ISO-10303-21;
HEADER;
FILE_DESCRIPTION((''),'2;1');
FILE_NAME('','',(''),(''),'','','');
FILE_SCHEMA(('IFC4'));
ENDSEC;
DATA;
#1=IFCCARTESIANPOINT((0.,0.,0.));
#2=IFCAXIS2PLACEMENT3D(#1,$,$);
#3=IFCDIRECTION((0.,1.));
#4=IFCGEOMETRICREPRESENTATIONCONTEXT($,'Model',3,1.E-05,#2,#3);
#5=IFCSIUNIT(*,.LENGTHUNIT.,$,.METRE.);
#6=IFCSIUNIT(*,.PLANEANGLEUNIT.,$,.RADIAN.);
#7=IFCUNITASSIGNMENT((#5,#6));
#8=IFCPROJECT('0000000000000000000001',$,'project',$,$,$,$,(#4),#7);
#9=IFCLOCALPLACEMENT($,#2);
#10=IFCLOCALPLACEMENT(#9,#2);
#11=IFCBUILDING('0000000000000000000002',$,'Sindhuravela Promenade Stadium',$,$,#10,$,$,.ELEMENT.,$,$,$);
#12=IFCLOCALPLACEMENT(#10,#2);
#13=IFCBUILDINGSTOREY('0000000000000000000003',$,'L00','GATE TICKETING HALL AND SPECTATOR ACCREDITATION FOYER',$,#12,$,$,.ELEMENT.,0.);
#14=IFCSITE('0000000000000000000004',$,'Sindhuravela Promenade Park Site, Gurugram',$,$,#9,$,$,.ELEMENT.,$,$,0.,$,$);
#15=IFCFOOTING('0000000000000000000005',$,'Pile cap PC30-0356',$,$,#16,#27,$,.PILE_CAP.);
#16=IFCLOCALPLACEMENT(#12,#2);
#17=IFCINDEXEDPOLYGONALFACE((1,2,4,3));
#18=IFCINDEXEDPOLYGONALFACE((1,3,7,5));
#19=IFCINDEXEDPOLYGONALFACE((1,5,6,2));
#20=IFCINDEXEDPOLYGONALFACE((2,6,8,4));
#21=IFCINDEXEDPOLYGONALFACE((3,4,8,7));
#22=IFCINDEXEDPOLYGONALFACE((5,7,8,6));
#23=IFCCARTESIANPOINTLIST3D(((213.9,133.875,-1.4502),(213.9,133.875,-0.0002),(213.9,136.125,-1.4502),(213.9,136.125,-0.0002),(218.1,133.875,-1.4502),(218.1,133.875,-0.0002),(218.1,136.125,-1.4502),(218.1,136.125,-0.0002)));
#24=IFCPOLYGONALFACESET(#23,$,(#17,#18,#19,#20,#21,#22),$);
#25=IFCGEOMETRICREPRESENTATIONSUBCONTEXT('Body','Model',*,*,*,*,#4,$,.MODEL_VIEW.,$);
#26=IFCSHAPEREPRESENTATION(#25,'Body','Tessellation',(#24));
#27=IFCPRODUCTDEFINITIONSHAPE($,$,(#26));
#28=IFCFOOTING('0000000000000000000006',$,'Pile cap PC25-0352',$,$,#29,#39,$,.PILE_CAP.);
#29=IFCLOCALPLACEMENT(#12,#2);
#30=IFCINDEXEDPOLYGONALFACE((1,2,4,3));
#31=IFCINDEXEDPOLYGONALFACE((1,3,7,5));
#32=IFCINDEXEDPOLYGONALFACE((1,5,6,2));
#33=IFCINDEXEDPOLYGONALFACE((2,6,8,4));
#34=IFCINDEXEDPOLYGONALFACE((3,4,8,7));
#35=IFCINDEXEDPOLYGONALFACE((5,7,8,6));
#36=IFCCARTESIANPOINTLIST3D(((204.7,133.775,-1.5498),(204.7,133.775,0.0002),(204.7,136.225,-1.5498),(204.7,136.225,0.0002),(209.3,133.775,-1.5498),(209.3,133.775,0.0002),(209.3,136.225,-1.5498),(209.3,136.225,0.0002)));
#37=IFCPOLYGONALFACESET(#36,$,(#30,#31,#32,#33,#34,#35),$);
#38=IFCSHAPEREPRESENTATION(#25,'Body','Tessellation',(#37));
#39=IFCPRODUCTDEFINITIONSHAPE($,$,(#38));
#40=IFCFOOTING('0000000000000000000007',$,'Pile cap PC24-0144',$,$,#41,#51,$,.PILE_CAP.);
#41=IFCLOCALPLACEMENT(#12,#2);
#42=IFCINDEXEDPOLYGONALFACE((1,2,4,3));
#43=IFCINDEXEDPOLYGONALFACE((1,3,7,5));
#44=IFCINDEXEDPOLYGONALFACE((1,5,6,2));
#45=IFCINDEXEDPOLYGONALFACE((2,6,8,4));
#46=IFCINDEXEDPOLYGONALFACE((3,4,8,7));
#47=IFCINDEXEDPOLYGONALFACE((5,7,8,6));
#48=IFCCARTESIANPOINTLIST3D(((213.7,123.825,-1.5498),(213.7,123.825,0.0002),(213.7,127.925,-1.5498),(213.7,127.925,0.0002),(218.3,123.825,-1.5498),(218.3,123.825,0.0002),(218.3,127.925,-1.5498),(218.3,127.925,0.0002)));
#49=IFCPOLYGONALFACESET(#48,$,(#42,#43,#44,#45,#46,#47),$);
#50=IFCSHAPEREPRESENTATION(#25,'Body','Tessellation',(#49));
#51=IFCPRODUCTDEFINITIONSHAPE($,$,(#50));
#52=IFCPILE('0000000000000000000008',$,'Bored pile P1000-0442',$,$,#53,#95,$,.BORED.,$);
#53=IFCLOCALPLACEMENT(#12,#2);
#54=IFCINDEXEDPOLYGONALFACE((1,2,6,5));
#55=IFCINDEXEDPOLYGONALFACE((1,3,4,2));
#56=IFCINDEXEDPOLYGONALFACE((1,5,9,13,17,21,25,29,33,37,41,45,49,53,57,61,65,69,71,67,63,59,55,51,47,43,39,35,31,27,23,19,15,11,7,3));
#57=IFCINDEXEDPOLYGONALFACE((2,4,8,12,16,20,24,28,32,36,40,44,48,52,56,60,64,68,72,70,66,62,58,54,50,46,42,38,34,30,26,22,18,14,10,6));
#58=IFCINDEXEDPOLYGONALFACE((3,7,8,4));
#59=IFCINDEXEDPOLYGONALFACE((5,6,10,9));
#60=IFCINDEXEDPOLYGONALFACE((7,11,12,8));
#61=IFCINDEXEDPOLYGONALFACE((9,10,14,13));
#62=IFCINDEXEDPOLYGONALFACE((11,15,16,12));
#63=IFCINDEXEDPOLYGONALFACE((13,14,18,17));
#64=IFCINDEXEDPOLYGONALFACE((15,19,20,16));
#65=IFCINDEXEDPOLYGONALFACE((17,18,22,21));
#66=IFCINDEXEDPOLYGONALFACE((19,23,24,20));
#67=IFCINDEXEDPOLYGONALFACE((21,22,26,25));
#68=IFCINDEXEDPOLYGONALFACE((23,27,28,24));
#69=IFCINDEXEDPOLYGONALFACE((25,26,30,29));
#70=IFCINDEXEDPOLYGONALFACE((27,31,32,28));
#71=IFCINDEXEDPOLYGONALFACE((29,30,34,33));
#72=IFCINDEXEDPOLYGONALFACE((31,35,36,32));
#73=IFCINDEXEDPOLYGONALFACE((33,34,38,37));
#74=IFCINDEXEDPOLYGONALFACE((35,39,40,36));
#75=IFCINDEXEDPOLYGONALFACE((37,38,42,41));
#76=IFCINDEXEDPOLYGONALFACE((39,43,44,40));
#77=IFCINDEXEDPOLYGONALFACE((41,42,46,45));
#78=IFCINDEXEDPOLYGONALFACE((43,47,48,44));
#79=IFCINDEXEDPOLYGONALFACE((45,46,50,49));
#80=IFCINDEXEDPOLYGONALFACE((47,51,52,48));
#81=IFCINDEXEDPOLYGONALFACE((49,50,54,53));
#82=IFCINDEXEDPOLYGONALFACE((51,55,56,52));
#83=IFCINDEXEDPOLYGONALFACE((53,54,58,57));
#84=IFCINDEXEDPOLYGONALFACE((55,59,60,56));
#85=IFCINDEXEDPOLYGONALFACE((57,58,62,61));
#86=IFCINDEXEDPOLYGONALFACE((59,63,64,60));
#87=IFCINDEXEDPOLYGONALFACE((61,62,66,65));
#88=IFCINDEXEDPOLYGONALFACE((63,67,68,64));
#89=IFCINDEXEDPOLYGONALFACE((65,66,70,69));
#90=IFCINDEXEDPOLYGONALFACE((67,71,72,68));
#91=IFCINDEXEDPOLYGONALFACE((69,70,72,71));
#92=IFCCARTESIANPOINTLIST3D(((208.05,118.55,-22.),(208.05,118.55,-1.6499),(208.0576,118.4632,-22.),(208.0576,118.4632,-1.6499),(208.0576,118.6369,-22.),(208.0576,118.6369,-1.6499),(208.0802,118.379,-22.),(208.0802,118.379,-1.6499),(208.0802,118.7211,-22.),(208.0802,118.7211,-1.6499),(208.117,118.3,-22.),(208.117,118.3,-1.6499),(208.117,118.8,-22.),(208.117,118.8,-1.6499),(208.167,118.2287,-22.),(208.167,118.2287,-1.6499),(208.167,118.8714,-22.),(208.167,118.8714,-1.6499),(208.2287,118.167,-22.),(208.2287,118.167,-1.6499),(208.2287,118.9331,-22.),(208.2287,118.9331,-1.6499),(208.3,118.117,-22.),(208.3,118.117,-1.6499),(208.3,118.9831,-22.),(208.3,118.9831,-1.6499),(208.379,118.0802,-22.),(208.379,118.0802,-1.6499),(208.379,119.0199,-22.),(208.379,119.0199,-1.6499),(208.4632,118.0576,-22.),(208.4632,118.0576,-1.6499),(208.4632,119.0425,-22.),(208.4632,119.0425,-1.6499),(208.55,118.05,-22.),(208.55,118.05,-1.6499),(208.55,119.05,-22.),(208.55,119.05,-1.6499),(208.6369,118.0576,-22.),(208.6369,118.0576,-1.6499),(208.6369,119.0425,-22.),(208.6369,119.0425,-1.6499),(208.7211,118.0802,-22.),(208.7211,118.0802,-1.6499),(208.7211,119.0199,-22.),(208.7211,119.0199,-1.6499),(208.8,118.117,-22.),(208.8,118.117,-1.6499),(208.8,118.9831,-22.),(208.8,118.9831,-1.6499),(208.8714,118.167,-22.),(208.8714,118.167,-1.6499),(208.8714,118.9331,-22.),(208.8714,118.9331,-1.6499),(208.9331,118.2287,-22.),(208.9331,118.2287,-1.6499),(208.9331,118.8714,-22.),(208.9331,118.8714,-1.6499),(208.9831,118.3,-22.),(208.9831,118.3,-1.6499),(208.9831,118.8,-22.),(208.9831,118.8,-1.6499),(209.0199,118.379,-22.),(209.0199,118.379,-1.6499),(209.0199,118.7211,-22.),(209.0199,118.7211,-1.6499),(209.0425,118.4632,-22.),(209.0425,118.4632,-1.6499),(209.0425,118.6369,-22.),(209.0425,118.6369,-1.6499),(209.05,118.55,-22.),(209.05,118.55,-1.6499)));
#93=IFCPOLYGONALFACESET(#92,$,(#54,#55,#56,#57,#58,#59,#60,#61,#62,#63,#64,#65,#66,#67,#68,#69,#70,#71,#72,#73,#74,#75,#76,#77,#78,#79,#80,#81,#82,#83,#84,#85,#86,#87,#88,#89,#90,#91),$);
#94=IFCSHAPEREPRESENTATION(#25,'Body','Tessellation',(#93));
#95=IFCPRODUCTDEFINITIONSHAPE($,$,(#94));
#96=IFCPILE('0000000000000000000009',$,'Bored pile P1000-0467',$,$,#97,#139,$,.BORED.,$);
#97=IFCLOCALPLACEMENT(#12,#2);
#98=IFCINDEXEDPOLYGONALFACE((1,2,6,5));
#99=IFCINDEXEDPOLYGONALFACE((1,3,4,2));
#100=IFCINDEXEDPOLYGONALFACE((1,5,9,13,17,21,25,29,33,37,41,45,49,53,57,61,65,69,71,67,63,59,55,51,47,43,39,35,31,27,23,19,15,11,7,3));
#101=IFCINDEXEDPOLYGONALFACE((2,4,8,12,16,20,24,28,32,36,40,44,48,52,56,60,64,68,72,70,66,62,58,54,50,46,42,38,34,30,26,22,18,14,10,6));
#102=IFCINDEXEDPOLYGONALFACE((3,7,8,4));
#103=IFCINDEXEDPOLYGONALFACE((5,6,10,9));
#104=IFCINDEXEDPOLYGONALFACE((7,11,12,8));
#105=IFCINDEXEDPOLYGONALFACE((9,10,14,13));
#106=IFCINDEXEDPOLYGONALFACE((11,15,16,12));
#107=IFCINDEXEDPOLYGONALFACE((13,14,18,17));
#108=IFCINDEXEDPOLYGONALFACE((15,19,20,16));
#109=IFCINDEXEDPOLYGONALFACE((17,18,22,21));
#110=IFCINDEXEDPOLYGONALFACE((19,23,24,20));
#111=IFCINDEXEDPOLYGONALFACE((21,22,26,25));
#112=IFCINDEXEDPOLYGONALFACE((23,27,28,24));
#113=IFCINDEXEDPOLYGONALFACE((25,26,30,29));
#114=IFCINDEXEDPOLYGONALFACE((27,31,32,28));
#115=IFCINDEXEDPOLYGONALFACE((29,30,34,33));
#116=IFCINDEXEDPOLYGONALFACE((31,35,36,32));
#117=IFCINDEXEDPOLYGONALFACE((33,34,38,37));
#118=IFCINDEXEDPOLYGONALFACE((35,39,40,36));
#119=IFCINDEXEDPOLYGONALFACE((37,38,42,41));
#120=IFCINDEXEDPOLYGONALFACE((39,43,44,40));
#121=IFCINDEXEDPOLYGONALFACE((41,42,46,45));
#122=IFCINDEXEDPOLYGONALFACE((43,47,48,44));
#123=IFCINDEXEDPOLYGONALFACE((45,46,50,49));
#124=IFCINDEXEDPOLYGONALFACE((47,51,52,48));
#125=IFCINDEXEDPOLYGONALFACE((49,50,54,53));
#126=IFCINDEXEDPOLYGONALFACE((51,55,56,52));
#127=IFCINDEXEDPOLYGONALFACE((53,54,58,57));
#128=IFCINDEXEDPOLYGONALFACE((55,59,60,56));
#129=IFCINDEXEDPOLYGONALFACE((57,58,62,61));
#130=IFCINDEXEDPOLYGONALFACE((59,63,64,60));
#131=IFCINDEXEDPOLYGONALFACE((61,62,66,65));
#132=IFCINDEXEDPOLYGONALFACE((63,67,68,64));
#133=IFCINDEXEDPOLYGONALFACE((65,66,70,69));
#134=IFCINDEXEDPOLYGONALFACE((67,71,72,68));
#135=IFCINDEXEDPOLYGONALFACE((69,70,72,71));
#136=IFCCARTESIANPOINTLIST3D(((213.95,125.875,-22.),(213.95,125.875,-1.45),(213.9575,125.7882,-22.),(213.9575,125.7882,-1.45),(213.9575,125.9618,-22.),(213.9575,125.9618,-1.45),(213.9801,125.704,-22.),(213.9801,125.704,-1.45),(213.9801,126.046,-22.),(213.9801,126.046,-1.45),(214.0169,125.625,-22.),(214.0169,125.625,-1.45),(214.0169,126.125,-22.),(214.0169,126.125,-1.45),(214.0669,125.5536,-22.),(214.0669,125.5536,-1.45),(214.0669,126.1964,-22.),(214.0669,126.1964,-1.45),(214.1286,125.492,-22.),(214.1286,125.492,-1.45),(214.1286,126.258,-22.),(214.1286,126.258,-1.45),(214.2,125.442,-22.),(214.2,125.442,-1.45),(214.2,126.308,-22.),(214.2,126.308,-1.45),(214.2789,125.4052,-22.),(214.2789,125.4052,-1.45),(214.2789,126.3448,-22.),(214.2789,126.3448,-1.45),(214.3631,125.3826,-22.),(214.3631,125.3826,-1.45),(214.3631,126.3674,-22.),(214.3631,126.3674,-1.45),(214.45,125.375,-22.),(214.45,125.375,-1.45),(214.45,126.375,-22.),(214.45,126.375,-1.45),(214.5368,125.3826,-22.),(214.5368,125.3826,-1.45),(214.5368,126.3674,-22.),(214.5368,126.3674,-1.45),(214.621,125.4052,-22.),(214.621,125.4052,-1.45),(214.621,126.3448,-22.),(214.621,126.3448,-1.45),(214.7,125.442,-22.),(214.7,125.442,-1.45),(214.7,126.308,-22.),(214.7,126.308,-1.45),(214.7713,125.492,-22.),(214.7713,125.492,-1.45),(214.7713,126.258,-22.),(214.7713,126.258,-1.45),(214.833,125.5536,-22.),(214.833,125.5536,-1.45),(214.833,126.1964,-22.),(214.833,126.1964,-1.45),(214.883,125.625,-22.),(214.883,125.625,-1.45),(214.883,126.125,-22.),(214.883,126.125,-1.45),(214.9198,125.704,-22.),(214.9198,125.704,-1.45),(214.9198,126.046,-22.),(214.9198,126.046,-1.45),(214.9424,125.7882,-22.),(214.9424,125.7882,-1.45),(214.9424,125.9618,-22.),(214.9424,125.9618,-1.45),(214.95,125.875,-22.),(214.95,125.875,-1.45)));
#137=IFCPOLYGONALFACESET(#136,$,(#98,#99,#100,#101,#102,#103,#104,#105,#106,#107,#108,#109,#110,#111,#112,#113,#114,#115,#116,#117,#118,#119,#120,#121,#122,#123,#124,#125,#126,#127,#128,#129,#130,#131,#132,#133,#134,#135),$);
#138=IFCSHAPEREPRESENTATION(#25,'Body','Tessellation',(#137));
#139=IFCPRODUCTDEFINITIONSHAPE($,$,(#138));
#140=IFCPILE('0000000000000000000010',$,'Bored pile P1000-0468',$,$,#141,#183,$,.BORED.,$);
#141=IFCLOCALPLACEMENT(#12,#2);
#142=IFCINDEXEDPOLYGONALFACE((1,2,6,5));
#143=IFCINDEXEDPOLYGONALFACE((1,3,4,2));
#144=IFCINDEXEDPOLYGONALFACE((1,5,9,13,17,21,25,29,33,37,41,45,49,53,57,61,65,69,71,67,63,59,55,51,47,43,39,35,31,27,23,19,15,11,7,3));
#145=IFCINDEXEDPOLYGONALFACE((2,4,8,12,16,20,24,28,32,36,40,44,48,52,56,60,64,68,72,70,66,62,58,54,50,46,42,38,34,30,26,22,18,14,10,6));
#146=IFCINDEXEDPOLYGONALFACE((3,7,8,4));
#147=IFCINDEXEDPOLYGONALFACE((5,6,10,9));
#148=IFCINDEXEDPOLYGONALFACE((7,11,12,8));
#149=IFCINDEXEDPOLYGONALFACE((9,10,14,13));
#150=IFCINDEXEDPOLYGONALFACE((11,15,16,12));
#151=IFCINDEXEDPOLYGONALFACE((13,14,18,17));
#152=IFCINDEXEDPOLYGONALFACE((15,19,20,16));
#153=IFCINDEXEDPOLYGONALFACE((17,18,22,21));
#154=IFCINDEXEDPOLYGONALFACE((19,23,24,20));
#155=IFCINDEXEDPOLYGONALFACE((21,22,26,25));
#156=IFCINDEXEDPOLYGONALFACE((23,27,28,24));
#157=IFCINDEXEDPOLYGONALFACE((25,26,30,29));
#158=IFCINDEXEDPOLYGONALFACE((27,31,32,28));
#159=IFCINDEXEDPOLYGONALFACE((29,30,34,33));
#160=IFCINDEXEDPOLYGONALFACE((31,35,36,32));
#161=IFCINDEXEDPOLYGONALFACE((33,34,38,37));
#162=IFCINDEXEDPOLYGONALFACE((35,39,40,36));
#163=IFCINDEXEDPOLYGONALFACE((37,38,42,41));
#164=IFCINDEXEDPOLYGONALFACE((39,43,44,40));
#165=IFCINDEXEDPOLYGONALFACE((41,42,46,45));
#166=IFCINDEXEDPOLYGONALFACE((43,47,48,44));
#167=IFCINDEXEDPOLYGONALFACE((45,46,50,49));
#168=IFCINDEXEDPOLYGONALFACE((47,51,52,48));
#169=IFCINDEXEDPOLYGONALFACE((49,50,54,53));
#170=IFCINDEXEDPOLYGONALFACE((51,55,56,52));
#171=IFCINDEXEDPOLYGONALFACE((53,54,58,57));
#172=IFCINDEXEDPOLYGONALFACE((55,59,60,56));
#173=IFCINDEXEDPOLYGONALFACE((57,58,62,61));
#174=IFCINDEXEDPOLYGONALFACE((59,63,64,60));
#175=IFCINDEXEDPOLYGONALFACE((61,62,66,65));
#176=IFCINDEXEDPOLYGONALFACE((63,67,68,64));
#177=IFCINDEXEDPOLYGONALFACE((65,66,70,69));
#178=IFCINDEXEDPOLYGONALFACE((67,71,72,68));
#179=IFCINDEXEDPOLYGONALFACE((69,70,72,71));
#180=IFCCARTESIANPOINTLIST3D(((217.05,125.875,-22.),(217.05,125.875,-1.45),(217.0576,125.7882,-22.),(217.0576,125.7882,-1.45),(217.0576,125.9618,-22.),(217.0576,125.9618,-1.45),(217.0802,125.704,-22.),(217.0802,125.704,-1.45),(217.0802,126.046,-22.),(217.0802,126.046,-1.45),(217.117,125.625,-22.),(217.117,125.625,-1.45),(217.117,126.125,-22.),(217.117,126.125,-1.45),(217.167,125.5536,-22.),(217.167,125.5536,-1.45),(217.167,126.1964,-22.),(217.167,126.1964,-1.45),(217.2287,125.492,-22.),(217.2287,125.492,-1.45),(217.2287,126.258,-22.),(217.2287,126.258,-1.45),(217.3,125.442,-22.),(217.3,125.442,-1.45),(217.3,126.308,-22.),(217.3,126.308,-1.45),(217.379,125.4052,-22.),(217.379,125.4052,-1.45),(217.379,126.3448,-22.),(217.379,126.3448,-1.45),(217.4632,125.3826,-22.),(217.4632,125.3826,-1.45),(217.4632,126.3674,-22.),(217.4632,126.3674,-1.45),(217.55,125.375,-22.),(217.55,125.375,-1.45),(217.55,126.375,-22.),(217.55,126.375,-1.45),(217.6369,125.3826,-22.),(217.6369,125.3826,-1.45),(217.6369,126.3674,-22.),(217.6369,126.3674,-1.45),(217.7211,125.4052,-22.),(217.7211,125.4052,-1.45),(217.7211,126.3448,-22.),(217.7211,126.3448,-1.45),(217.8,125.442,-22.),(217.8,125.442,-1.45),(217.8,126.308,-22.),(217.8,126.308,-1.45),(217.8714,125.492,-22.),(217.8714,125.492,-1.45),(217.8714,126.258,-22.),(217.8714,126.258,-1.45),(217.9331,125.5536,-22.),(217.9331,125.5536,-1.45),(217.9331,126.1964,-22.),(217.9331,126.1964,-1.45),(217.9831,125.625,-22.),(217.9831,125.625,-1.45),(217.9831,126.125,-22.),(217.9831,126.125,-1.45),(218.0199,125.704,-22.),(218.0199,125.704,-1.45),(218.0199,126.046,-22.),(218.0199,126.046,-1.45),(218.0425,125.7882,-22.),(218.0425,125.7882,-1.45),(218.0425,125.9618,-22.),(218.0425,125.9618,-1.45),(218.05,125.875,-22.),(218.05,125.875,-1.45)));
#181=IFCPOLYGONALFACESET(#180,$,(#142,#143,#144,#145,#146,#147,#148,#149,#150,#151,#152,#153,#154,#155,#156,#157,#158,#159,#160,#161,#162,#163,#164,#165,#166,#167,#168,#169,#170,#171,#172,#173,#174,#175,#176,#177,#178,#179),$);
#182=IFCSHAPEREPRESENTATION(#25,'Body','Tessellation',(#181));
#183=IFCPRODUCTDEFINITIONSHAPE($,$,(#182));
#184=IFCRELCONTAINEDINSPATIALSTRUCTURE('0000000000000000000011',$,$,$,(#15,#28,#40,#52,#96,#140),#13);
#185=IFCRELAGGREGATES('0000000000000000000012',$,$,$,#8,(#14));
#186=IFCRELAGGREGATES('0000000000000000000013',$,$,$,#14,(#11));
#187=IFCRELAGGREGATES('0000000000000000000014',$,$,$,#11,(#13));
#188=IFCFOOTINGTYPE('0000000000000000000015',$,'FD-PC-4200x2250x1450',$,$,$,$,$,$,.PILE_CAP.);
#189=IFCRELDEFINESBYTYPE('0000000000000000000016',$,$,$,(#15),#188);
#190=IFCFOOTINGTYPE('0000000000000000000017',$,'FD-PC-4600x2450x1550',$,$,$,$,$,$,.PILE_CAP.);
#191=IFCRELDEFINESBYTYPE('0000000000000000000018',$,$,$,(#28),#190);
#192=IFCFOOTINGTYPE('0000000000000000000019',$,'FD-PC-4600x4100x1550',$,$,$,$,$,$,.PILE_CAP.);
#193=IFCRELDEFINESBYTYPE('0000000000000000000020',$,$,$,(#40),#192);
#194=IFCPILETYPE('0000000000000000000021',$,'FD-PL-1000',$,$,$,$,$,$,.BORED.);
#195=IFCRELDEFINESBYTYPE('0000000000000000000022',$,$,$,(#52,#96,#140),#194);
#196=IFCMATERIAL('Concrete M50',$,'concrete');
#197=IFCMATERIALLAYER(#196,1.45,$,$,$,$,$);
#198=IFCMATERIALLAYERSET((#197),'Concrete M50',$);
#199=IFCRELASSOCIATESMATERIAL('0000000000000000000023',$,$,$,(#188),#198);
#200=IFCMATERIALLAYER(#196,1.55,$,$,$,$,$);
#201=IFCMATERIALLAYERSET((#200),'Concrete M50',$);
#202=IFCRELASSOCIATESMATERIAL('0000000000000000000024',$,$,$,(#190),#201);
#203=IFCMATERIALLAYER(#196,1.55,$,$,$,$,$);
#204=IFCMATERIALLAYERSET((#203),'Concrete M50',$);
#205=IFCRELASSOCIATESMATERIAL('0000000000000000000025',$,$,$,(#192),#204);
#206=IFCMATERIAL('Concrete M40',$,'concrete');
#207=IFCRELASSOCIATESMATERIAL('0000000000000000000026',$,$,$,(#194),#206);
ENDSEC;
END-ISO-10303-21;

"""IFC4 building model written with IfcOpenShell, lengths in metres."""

from ifc_helpers import new_model, si_unit, direction, frame, origin, origin_2d, place, context, subcontext, project, spatial, rectangle, circle, extrude, material, layer, layer_set, material_profile, profile_set, type_object, element, save


model = new_model("IFC4")

# Units and contexts
model_context = context("Model", 3, precision=1e-05, world=origin(), true_north=direction((0.0, 1.0)))
body_context = subcontext(model_context, "Body", "Model", "MODEL_VIEW")
ifc_project = project(units=[si_unit("LENGTHUNIT", "METRE"), si_unit("PLANEANGLEUNIT", "RADIAN")], contexts=[model_context])

# Site, building, storey
site_placement = place(None, origin())
site = spatial("IfcSite", under=ifc_project, at=site_placement, Name="Sindhuravela Promenade Park Site, Gurugram", CompositionType="ELEMENT", RefElevation=0.0)
building_placement = place(site_placement, origin())
building = spatial("IfcBuilding", under=site, at=building_placement, Name="Sindhuravela Promenade Stadium", CompositionType="ELEMENT")
storey_placement = place(building_placement, origin())
storey = spatial("IfcBuildingStorey", under=building, at=storey_placement, Name="L00", Description="GATE TICKETING HALL AND SPECTATOR ACCREDITATION FOYER", CompositionType="ELEMENT", Elevation=0.0)

# Footings
ifc_material_1 = material(Name="Concrete M50", Category="concrete")
ifc_layer_1 = layer(ifc_material_1, 1.45)
ifc_layer_set_1 = layer_set([ifc_layer_1], Name="Concrete M50")
footing_type_1 = type_object("IfcFootingType", Name="FD-PC-4200x2250x1450", PredefinedType="PILE_CAP", material=ifc_layer_set_1)
footing_1_placement = place(storey_placement, frame((216.0, 135.0, -1.4502), z_axis=(0.0, 0.0, 1.0), x_axis=(1.0, 0.0, 0.0)))
element("IfcFooting", 1, at=footing_1_placement, inside=storey, type_object=footing_type_1, Name="Pile cap PC30-0356", PredefinedType="PILE_CAP", context=body_context, shape_type="SweptSolid", body=[
    extrude(rectangle(XDim=4.2, YDim=2.25, at=origin_2d()), origin(), (0.0, 0.0, 1.0), 1.45),
])
ifc_layer_2 = layer(ifc_material_1, 1.55)
ifc_layer_set_2 = layer_set([ifc_layer_2], Name="Concrete M50")
footing_type_2 = type_object("IfcFootingType", Name="FD-PC-4600x2450x1550", PredefinedType="PILE_CAP", material=ifc_layer_set_2)
footing_2_placement = place(storey_placement, frame((207.0, 135.0, -1.5498), z_axis=(0.0, 0.0, 1.0), x_axis=(1.0, 0.0, 0.0)))
element("IfcFooting", 2, at=footing_2_placement, inside=storey, type_object=footing_type_2, Name="Pile cap PC25-0352", PredefinedType="PILE_CAP", context=body_context, shape_type="SweptSolid", body=[
    extrude(rectangle(XDim=4.6001, YDim=2.45, at=origin_2d()), origin(), (0.0, 0.0, 1.0), 1.55),
])
ifc_layer_3 = layer(ifc_material_1, 1.55)
ifc_layer_set_3 = layer_set([ifc_layer_3], Name="Concrete M50")
footing_type_3 = type_object("IfcFootingType", Name="FD-PC-4600x4100x1550", PredefinedType="PILE_CAP", material=ifc_layer_set_3)
footing_3_placement = place(storey_placement, frame((216.0, 125.875, -1.5498), z_axis=(0.0, 0.0, 1.0), x_axis=(1.0, 0.0, 0.0)))
element("IfcFooting", 3, at=footing_3_placement, inside=storey, type_object=footing_type_3, Name="Pile cap PC24-0144", PredefinedType="PILE_CAP", context=body_context, shape_type="SweptSolid", body=[
    extrude(rectangle(XDim=4.6001, YDim=4.1001, at=origin_2d()), origin(), (0.0, 0.0, 1.0), 1.55),
])

# Piles
ifc_material_2 = material(Name="Concrete M40", Category="concrete")
ifc_material_profile_1 = material_profile(ifc_material_2, circle(Radius=0.5, at=origin_2d()), Name="BORED PILE D1000")
ifc_profile_set_1 = profile_set([ifc_material_profile_1], Name="Concrete M40")
pile_type_1 = type_object("IfcPileType", Name="FD-PL-1000", PredefinedType="BORED", material=ifc_profile_set_1)
pile_1_placement = place(storey_placement, frame((208.55, 118.55, -1.6499), z_axis=(0.0, 0.0, -1.0), x_axis=(1.0, 0.0, 0.0)))
element("IfcPile", 4, at=pile_1_placement, inside=storey, type_object=pile_type_1, Name="Bored pile P1000-0442", PredefinedType="BORED", context=body_context, shape_type="SweptSolid", body=[
    extrude(circle(Radius=0.5, at=origin_2d()), origin(), (0.0, 0.0, 1.0), 20.3501),
])
for number, where, z_axis, x_axis, name in (
    (5, (214.45, 125.875, -1.45), (0.0, 0.0, -1.0), (1.0, 0.0, 0.0), "Bored pile P1000-0467"),
    (6, (217.55, 125.875, -1.45), (0.0, 0.0, -1.0), (1.0, 0.0, 0.0), "Bored pile P1000-0468"),
):
    element("IfcPile", number, at=place(storey_placement, frame(where, z_axis=z_axis, x_axis=x_axis)), inside=storey, type_object=pile_type_1, Name=name, PredefinedType="BORED", context=body_context, shape_type="SweptSolid", body=[
        extrude(circle(Radius=0.5, at=origin_2d()), origin(), (0.0, 0.0, 1.0), 20.55),
    ])

save(model, "model.ifc")
